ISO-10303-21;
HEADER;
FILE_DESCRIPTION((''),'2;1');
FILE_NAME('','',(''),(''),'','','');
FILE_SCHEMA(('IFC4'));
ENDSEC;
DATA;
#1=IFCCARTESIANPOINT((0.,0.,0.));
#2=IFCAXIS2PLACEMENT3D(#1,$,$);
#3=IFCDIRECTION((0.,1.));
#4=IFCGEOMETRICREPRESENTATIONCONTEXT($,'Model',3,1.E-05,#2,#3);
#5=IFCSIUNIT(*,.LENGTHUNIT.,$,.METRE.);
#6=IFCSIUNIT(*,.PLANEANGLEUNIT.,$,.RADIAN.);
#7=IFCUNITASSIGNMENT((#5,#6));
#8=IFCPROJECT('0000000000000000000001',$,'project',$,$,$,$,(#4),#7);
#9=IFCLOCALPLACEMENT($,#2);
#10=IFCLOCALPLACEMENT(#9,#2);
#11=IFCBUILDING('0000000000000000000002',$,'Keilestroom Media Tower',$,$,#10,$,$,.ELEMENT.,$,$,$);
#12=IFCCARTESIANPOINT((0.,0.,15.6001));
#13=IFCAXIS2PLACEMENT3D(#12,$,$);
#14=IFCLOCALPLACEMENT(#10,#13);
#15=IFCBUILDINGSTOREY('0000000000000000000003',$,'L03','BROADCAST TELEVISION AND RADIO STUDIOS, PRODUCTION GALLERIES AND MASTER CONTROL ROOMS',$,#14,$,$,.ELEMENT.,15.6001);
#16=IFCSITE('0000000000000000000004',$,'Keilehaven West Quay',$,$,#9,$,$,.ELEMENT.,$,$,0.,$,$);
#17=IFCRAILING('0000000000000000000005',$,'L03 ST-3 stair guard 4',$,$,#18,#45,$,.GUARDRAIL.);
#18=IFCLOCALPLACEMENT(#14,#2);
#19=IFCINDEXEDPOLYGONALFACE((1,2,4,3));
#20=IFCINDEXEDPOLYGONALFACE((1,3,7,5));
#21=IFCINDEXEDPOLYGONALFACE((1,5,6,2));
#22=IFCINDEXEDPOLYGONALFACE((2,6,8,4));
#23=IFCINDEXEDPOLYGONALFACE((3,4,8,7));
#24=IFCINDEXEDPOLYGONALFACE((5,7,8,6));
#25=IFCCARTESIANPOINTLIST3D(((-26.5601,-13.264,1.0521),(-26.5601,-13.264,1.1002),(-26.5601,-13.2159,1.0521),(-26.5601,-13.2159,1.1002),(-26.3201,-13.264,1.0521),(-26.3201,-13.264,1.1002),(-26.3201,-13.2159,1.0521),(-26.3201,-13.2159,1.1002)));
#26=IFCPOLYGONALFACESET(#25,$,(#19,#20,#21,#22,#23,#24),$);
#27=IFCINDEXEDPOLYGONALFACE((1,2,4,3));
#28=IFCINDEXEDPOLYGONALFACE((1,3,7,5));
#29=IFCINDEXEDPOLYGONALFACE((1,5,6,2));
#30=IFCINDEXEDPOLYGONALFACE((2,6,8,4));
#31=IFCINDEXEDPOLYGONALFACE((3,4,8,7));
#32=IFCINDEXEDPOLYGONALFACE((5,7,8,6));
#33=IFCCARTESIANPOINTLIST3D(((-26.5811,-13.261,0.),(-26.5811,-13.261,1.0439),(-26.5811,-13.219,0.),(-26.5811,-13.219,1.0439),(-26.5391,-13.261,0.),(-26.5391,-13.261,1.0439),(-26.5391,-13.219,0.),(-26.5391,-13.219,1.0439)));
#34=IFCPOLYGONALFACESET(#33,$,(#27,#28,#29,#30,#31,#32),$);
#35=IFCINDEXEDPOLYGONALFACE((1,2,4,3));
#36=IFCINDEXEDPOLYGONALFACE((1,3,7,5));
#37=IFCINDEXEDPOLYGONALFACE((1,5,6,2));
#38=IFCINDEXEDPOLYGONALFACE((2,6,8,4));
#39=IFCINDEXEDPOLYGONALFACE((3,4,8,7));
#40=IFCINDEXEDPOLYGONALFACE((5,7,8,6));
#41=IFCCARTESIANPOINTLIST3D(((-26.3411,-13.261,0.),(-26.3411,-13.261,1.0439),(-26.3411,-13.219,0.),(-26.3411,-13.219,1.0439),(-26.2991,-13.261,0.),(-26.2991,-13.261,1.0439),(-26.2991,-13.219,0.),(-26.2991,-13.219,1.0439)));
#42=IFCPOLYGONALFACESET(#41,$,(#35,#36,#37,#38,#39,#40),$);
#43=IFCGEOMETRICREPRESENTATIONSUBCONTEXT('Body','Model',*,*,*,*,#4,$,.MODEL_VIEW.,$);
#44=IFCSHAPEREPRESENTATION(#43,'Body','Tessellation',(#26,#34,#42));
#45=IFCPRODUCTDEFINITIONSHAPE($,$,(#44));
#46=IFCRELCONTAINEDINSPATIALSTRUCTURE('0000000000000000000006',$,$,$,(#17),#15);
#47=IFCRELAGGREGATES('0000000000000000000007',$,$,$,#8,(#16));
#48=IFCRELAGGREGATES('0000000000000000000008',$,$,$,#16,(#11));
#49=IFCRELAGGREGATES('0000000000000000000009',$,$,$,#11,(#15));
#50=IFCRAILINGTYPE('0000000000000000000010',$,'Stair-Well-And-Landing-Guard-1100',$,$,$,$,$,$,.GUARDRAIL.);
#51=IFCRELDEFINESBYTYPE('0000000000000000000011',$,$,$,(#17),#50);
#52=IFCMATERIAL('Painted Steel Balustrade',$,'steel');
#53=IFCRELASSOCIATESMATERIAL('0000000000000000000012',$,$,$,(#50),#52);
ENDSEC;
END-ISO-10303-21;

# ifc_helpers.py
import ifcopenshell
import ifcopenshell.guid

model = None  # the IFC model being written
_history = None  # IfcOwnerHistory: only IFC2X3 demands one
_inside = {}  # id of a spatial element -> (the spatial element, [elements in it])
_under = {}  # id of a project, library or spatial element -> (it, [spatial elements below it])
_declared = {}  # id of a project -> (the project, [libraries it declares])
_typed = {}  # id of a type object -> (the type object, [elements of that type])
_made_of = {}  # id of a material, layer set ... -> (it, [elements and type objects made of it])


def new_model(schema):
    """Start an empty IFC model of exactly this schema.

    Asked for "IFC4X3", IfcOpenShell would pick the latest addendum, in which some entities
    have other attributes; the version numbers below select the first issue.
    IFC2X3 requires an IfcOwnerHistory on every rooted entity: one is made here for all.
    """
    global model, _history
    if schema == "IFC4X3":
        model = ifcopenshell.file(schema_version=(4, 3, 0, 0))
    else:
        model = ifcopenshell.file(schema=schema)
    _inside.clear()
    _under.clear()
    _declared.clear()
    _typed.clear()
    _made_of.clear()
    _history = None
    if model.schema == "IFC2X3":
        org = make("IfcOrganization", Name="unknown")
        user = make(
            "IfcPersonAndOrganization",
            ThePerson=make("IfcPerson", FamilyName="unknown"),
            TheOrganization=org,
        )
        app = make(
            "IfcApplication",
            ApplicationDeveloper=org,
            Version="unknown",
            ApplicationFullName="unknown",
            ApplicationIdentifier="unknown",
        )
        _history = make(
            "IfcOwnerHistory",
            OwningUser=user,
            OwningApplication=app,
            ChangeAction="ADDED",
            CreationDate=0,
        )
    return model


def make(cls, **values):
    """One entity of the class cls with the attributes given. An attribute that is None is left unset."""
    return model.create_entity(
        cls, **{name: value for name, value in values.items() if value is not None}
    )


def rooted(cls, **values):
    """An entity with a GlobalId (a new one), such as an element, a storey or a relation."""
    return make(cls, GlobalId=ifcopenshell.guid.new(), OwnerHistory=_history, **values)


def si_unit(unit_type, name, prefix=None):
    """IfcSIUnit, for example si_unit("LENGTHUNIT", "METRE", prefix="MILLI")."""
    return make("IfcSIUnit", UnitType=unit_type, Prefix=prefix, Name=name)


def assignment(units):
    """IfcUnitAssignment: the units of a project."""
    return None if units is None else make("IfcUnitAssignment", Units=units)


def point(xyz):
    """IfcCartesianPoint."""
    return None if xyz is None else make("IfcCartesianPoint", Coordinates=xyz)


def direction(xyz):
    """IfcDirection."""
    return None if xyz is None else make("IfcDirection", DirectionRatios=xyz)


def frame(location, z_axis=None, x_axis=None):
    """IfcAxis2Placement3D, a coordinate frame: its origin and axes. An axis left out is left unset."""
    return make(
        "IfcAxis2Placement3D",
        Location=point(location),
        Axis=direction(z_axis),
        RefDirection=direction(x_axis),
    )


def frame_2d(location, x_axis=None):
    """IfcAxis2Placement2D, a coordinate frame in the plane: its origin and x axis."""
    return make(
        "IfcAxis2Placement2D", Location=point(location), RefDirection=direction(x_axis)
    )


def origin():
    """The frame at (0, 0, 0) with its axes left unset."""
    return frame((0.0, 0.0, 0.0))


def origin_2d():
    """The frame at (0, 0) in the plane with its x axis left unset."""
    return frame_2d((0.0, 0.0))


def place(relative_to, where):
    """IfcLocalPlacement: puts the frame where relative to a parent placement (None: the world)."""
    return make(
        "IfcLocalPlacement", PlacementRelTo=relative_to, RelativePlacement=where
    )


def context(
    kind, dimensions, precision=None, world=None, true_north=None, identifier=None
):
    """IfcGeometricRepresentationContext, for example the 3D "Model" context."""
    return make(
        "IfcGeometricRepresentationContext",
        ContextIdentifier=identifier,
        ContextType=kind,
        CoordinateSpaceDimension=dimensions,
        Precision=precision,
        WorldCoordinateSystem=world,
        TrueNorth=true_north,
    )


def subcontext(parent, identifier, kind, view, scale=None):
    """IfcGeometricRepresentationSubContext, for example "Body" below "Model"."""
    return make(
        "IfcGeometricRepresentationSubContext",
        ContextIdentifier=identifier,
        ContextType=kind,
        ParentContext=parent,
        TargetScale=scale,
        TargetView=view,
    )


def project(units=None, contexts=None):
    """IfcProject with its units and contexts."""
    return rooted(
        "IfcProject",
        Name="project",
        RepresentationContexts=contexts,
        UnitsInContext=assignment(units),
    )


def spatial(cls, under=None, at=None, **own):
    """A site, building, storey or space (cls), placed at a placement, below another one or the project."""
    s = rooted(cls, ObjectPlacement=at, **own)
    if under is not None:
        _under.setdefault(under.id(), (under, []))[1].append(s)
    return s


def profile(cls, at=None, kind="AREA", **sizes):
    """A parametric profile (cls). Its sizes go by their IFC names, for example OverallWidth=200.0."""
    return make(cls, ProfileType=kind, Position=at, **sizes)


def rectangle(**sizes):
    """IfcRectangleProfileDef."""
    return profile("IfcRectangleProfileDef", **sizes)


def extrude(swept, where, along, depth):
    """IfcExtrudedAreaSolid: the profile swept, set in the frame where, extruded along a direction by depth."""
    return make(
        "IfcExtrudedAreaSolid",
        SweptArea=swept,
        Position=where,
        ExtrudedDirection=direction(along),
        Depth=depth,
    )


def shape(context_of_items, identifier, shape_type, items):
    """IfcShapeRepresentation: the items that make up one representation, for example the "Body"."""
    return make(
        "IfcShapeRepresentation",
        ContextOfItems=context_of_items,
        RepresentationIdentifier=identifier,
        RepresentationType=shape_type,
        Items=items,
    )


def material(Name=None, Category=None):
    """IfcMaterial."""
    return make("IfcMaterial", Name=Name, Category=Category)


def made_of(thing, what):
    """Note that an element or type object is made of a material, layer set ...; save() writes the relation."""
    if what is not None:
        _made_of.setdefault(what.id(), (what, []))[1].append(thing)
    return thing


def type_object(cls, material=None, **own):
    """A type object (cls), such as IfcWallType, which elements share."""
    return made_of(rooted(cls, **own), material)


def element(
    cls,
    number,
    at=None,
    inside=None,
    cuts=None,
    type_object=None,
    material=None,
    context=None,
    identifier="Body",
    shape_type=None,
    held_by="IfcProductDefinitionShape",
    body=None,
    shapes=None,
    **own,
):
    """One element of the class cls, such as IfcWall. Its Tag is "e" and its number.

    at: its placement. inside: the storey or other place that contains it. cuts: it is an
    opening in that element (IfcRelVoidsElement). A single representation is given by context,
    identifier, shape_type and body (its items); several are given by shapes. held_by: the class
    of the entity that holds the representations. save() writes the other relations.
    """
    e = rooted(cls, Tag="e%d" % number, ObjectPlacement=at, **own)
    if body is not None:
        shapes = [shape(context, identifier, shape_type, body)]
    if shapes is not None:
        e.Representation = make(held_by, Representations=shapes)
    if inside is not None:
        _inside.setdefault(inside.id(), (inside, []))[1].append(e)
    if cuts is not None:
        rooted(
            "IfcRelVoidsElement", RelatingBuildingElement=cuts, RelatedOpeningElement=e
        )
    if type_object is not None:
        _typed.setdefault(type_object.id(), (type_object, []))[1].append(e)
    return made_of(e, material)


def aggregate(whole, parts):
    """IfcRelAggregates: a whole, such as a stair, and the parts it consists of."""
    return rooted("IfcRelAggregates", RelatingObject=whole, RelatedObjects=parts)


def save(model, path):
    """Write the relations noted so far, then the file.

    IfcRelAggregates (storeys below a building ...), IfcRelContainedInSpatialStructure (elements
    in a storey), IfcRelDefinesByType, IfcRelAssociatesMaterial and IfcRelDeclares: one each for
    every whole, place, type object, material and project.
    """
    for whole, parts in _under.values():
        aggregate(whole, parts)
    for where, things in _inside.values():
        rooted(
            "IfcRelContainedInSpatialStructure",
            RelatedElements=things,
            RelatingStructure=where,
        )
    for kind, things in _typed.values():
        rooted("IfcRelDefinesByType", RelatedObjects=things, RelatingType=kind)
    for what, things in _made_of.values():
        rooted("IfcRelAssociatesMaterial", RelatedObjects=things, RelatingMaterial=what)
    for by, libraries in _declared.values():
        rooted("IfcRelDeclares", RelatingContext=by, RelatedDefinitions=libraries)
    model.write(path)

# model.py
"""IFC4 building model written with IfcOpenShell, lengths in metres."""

from ifc_helpers import new_model, si_unit, direction, frame, origin, origin_2d, place, context, subcontext, project, spatial, rectangle, extrude, material, type_object, element, save


model = new_model("IFC4")

# Units and contexts
model_context = context("Model", 3, precision=1e-05, world=origin(), true_north=direction((0.0, 1.0)))
body_context = subcontext(model_context, "Body", "Model", "MODEL_VIEW")
ifc_project = project(units=[si_unit("LENGTHUNIT", "METRE"), si_unit("PLANEANGLEUNIT", "RADIAN")], contexts=[model_context])

# Site, building, storey
site_placement = place(None, origin())
site = spatial("IfcSite", under=ifc_project, at=site_placement, Name="Keilehaven West Quay", CompositionType="ELEMENT", RefElevation=0.0)
building_placement = place(site_placement, origin())
building = spatial("IfcBuilding", under=site, at=building_placement, Name="Keilestroom Media Tower", CompositionType="ELEMENT")
storey_placement = place(building_placement, frame((0.0, 0.0, 15.6001)))
storey = spatial("IfcBuildingStorey", under=building, at=storey_placement, Name="L03", Description="BROADCAST TELEVISION AND RADIO STUDIOS, PRODUCTION GALLERIES AND MASTER CONTROL ROOMS", CompositionType="ELEMENT", Elevation=15.6001)

# Railing
ifc_material_1 = material(Name="Painted Steel Balustrade", Category="steel")
railing_type_1 = type_object("IfcRailingType", Name="Stair-Well-And-Landing-Guard-1100", PredefinedType="GUARDRAIL", material=ifc_material_1)
for number, where, name in (
    (1, (-26.5601, -13.24, 0.0), "L03 ST-3 stair guard 4"),
):
    element("IfcRailing", number, at=place(storey_placement, frame(where)), inside=storey, type_object=railing_type_1, Name=name, PredefinedType="GUARDRAIL", context=body_context, shape_type="SweptSolid", body=[
        extrude(rectangle(XDim=0.0481, YDim=0.0481, at=origin_2d()), frame((0.0, 0.0, 1.0762), z_axis=(1.0, 0.0, 0.0), x_axis=(0.0, 1.0, 0.0)), (0.0, 0.0, 1.0), 0.24),
        extrude(rectangle(XDim=0.042, YDim=0.042, at=origin_2d()), origin(), (0.0, 0.0, 1.0), 1.0439),
        extrude(rectangle(XDim=0.042, YDim=0.042, at=origin_2d()), frame((0.24, 0.0, 0.0)), (0.0, 0.0, 1.0), 1.0439),
    ])

save(model, "model.ifc")
